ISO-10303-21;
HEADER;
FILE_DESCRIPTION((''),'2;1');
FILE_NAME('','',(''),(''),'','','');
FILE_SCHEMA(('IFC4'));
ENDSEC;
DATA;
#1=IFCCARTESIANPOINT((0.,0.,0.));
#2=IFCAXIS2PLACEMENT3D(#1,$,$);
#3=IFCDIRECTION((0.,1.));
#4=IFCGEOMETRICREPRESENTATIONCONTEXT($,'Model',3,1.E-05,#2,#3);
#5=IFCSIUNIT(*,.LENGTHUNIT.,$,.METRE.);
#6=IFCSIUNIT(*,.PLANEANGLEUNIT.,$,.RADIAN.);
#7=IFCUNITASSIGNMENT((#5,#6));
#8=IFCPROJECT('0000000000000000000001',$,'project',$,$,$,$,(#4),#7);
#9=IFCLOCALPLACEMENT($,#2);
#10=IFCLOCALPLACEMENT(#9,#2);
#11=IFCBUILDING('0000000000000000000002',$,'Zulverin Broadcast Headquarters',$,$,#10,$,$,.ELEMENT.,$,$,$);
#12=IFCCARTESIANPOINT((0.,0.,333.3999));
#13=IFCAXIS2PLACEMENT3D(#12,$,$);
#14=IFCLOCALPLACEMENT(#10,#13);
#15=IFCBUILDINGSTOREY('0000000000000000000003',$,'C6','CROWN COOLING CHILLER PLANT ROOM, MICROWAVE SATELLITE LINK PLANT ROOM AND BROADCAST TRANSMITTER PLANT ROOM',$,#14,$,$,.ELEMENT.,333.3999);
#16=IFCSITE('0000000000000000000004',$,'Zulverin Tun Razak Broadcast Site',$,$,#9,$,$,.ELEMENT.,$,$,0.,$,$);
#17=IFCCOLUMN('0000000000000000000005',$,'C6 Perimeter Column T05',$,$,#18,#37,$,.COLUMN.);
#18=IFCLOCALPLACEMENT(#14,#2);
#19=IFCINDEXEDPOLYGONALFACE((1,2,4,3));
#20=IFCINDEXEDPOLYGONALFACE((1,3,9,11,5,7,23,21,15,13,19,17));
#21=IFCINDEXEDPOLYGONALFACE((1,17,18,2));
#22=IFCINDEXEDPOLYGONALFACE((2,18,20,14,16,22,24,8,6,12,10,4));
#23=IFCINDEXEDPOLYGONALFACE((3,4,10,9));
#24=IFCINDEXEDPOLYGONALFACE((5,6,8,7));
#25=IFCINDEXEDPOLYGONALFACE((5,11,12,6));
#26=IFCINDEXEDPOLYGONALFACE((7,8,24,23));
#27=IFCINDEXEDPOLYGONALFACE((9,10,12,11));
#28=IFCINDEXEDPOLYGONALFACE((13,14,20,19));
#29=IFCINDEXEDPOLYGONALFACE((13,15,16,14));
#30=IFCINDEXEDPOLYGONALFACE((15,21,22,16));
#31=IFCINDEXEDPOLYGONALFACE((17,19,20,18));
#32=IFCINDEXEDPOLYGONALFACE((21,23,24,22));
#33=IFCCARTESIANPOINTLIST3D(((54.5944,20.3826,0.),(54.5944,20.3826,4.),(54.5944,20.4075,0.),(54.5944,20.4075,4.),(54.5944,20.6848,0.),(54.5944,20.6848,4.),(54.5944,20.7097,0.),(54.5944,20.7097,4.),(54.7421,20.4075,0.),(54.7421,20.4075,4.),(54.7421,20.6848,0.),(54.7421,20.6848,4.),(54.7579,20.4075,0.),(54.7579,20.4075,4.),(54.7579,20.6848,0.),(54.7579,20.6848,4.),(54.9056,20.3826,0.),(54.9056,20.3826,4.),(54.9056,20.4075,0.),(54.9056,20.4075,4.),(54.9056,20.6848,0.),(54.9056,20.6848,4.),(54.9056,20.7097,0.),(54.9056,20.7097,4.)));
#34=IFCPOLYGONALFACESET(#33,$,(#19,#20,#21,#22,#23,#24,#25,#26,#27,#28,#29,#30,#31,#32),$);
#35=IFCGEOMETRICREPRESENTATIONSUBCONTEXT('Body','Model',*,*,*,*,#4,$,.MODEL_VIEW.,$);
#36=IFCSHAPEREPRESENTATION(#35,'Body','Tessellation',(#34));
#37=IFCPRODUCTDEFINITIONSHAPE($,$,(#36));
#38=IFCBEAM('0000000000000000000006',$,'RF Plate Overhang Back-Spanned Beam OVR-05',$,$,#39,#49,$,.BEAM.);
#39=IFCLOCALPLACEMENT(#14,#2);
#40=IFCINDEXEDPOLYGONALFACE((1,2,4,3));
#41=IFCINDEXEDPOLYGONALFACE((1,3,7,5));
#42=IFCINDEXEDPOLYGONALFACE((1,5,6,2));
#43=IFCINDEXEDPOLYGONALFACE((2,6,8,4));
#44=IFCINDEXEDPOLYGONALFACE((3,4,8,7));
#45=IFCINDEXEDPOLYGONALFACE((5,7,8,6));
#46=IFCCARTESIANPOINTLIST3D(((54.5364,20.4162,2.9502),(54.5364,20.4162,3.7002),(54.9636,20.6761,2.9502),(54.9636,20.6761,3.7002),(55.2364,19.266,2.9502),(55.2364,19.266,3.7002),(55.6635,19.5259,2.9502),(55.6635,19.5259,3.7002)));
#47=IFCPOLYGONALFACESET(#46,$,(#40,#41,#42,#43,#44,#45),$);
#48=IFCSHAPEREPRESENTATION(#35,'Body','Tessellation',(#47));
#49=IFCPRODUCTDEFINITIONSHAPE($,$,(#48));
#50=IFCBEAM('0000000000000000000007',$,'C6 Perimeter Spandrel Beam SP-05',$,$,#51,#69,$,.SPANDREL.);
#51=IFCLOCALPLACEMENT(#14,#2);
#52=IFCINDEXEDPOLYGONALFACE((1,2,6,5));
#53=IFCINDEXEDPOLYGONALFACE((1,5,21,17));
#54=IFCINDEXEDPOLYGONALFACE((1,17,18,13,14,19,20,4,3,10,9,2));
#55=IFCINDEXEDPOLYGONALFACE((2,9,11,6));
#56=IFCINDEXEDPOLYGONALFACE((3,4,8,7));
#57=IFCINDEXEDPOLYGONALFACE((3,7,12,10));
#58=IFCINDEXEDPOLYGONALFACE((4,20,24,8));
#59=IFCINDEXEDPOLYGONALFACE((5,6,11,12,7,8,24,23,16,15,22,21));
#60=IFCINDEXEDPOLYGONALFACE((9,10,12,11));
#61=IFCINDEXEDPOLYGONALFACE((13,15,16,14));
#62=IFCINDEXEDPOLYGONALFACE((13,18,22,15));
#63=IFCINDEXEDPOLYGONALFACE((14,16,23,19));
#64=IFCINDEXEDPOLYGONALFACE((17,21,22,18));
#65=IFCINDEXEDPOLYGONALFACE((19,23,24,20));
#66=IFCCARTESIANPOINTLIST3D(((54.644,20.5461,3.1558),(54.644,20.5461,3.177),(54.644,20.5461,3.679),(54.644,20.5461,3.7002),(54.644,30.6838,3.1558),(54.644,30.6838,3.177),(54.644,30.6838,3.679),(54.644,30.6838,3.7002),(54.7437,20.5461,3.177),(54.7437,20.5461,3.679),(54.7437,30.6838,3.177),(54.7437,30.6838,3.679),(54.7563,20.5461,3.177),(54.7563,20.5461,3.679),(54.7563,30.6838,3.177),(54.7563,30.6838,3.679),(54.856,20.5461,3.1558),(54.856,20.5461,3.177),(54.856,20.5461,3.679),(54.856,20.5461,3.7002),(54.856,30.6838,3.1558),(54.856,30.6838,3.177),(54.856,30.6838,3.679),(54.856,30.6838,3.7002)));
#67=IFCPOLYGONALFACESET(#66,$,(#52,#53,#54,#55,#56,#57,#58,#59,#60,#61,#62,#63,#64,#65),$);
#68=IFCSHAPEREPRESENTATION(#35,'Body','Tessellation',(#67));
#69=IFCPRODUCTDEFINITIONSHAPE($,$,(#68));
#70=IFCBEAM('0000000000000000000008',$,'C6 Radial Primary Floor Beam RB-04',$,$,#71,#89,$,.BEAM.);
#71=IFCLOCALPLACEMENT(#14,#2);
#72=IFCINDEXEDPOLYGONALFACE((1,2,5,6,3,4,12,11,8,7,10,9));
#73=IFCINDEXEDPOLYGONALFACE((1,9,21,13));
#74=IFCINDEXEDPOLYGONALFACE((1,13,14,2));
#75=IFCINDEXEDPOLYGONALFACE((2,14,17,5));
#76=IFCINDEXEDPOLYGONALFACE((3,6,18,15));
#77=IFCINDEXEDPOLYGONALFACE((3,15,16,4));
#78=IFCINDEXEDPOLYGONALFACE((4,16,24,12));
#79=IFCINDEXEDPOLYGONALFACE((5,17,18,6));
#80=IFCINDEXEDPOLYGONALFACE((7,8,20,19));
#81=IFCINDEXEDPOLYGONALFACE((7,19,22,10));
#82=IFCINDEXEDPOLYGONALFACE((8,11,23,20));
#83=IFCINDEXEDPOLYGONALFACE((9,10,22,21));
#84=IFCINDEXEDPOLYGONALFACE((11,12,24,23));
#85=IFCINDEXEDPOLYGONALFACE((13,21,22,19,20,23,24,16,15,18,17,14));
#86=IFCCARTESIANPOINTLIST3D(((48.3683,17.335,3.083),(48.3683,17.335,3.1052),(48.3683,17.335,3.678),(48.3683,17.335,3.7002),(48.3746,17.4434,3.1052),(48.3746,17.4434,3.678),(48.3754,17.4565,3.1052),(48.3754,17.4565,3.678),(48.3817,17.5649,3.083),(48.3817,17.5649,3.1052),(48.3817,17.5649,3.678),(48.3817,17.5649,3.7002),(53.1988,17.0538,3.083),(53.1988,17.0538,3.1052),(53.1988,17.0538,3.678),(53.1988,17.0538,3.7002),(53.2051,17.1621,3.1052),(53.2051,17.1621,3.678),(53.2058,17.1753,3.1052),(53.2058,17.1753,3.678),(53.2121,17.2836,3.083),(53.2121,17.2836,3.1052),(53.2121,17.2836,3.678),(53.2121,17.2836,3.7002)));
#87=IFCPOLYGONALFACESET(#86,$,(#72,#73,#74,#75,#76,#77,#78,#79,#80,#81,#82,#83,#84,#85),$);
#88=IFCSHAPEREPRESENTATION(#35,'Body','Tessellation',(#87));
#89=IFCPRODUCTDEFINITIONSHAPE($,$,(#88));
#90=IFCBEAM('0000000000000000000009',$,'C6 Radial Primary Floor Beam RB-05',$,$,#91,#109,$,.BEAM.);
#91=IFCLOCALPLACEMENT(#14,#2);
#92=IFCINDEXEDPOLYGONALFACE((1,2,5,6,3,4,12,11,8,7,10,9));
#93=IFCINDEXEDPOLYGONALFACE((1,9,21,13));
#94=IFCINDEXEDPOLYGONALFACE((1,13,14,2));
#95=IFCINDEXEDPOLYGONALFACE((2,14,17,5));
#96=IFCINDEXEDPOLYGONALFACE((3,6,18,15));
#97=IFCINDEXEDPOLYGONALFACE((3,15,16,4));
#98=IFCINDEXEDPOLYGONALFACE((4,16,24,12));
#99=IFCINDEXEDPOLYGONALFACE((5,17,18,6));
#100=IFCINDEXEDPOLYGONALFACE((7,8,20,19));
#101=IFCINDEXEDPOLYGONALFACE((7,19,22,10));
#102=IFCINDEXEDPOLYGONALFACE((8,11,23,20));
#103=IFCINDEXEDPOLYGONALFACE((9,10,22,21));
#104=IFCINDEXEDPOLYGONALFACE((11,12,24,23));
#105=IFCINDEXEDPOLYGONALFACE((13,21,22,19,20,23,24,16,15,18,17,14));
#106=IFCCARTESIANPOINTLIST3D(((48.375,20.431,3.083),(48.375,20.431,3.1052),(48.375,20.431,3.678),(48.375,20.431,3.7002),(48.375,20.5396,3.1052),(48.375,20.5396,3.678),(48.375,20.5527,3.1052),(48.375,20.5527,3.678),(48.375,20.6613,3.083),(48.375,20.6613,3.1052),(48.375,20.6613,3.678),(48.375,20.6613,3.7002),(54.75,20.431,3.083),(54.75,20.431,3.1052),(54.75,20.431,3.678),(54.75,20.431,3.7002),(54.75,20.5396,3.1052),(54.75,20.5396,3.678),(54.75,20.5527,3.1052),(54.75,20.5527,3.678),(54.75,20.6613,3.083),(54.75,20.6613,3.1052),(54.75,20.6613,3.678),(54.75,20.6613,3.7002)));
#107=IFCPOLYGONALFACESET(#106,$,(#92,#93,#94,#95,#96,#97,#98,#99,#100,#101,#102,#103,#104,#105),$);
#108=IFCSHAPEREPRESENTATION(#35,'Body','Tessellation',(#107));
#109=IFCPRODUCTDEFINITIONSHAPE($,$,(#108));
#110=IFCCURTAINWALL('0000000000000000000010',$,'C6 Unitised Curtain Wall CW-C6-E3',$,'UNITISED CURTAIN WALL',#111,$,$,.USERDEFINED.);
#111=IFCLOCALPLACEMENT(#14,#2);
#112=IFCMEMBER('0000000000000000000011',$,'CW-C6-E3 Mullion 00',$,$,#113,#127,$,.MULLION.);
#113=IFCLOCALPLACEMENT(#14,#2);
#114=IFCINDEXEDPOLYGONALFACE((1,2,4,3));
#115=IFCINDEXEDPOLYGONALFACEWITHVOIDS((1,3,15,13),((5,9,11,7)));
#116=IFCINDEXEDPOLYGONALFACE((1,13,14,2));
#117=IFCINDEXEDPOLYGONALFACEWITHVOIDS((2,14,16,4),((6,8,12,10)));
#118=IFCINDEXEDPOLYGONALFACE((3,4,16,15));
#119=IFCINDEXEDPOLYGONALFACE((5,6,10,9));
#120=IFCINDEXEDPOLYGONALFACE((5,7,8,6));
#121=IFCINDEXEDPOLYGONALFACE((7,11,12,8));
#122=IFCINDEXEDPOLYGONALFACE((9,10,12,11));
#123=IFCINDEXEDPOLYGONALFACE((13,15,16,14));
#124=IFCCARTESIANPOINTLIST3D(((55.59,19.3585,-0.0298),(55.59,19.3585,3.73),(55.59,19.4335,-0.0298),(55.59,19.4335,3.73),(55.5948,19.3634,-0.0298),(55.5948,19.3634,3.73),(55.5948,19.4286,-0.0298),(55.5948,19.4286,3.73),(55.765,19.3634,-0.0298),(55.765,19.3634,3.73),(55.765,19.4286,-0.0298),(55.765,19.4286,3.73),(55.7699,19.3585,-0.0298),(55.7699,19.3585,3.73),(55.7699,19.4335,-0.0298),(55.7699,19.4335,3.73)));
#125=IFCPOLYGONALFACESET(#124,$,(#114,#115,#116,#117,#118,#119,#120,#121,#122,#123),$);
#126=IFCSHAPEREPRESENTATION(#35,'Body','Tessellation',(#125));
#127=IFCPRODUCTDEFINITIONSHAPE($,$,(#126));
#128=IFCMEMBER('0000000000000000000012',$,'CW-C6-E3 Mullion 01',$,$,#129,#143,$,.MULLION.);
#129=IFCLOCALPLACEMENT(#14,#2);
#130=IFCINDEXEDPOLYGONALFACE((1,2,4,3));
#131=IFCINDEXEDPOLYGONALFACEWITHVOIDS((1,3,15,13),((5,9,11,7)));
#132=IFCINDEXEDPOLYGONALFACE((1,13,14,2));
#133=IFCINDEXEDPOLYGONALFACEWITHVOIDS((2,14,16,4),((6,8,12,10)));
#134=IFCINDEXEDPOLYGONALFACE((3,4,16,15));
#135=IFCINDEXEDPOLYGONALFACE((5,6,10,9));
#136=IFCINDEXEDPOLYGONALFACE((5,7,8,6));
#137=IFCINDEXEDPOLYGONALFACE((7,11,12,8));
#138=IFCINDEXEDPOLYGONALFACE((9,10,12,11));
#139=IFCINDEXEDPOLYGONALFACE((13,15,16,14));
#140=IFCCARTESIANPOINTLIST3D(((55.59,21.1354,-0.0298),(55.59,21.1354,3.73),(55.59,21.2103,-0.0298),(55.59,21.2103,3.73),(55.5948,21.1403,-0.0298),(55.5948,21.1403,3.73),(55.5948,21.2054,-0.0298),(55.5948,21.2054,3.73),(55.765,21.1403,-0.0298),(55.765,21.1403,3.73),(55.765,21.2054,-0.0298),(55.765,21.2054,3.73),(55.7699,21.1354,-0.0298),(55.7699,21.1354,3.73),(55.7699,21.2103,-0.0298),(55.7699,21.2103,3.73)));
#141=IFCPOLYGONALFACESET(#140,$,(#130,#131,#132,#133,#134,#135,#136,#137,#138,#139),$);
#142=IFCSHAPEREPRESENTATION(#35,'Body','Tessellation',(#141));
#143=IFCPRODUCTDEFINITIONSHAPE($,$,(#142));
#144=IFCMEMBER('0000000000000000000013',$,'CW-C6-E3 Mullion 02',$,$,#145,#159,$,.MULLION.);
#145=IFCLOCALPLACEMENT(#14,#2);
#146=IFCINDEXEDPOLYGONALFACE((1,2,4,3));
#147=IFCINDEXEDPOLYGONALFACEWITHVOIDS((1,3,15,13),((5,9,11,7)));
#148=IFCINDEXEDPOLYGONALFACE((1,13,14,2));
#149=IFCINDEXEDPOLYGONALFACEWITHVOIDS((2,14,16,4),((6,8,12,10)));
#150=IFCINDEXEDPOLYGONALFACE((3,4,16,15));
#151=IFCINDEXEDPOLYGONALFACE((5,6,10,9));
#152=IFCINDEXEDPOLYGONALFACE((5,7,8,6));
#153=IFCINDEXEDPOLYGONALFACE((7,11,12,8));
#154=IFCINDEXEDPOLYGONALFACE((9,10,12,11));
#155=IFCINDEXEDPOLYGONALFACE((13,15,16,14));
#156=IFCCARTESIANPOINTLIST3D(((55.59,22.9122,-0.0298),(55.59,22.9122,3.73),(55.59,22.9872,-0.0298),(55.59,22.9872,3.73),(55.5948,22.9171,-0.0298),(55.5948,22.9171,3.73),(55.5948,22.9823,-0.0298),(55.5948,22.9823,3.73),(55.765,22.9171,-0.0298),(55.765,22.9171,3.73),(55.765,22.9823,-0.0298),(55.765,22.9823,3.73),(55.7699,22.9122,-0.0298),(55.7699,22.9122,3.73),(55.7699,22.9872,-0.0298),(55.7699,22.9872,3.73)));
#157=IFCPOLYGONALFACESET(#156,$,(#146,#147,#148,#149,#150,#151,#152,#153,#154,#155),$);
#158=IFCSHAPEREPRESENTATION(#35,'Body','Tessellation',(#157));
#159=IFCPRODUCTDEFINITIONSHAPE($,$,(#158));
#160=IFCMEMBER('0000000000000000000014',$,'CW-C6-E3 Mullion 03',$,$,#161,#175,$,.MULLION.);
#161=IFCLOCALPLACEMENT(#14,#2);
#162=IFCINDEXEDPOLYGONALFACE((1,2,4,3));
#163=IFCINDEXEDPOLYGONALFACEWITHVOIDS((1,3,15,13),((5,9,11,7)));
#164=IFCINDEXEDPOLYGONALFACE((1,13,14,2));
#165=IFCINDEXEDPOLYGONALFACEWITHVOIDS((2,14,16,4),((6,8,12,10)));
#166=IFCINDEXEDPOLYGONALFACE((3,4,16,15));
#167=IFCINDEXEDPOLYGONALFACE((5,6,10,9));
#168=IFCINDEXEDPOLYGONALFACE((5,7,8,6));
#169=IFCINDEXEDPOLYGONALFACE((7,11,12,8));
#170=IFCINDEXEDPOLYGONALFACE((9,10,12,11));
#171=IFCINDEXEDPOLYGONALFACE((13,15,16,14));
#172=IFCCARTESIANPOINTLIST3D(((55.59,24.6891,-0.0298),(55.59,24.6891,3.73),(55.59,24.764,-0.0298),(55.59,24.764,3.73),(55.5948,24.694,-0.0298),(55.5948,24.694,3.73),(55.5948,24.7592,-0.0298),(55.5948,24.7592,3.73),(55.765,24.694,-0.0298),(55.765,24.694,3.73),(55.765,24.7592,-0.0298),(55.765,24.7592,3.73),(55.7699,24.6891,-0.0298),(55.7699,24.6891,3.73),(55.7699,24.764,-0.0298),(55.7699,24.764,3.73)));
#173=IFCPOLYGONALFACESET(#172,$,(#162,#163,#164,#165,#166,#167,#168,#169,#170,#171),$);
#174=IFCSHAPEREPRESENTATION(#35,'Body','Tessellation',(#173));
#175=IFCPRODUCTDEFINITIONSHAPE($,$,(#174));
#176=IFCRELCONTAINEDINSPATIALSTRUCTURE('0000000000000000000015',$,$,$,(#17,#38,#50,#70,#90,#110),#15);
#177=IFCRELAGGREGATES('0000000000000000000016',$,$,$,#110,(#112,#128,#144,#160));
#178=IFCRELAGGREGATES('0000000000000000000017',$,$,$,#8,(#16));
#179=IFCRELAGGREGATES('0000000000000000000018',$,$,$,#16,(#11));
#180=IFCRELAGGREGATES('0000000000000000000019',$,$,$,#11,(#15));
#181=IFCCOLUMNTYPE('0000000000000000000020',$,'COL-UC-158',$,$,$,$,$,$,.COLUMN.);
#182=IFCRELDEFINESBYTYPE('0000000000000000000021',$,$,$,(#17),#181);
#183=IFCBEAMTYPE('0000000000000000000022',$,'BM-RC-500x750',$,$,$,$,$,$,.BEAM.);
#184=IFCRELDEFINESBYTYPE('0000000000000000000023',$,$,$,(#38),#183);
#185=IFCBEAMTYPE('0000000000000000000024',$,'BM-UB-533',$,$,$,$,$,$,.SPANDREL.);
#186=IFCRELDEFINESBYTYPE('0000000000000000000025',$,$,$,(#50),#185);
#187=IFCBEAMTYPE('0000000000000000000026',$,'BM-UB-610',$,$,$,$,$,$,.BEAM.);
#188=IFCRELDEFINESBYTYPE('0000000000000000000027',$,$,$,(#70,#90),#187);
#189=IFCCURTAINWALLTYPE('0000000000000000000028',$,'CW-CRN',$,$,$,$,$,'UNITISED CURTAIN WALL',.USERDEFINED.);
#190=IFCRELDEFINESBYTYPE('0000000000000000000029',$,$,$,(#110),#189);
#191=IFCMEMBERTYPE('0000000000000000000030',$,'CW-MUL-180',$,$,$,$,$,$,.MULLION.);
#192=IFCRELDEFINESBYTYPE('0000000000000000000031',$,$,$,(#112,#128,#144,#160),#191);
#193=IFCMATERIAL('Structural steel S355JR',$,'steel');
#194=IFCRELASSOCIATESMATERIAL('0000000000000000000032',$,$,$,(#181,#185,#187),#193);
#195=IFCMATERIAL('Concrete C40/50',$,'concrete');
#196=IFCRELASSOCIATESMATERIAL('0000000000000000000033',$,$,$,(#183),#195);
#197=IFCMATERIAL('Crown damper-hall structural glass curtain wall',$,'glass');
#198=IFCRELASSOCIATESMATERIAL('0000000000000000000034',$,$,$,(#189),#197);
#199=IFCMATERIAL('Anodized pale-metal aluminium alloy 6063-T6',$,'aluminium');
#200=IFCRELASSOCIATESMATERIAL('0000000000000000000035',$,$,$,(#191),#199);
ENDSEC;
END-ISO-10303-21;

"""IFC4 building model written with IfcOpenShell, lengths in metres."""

from ifc_helpers import new_model, si_unit, direction, frame, origin, origin_2d, place, context, subcontext, project, spatial, rectangle, hollow_rectangle, i_section, extrude, material, material_profile, profile_set, type_object, element, aggregate, save


model = new_model("IFC4")

# Units and contexts
model_context = context("Model", 3, precision=1e-05, world=origin(), true_north=direction((0.0, 1.0)))
body_context = subcontext(model_context, "Body", "Model", "MODEL_VIEW")
ifc_project = project(units=[si_unit("LENGTHUNIT", "METRE"), si_unit("PLANEANGLEUNIT", "RADIAN")], contexts=[model_context])

# Site, building, storey
site_placement = place(None, origin())
site = spatial("IfcSite", under=ifc_project, at=site_placement, Name="Zulverin Tun Razak Broadcast Site", CompositionType="ELEMENT", RefElevation=0.0)
building_placement = place(site_placement, origin())
building = spatial("IfcBuilding", under=site, at=building_placement, Name="Zulverin Broadcast Headquarters", CompositionType="ELEMENT")
storey_placement = place(building_placement, frame((0.0, 0.0, 333.3999)))
storey = spatial("IfcBuildingStorey", under=building, at=storey_placement, Name="C6", Description="CROWN COOLING CHILLER PLANT ROOM, MICROWAVE SATELLITE LINK PLANT ROOM AND BROADCAST TRANSMITTER PLANT ROOM", CompositionType="ELEMENT", Elevation=333.3999)

# Column
ifc_material_1 = material(Name="Structural steel S355JR", Category="steel")
ifc_material_profile_1 = material_profile(ifc_material_1, i_section(OverallWidth=0.3113, OverallDepth=0.3271, WebThickness=0.0159, FlangeThickness=0.0249, at=origin_2d()), Name="Structural steel S355JR", Category="steel")
ifc_profile_set_1 = profile_set([ifc_material_profile_1], Name="Structural steel S355JR")
column_type = type_object("IfcColumnType", Name="COL-UC-158", PredefinedType="COLUMN", material=ifc_profile_set_1)
column_placement = place(storey_placement, frame((54.75, 20.5461, 0.0), z_axis=(0.0, 0.0, 1.0), x_axis=(1.0, 0.0, 0.0)))
element("IfcColumn", 1, at=column_placement, inside=storey, type_object=column_type, Name="C6 Perimeter Column T05", PredefinedType="COLUMN", context=body_context, shape_type="SweptSolid", body=[
    extrude(i_section(OverallWidth=0.3113, OverallDepth=0.3271, WebThickness=0.0159, FlangeThickness=0.0249, at=origin_2d()), origin(), (0.0, 0.0, 1.0), 4.0),
])

# Beams
ifc_material_2 = material(Name="Concrete C40/50", Category="concrete")
ifc_material_profile_2 = material_profile(ifc_material_2, rectangle(XDim=0.5, YDim=0.75, at=origin_2d()), Name="Concrete C40/50", Category="concrete")
ifc_profile_set_2 = profile_set([ifc_material_profile_2], Name="Concrete C40/50")
beam_type_1 = type_object("IfcBeamType", Name="BM-RC-500x750", PredefinedType="BEAM", material=ifc_profile_set_2)
beam_1_placement = place(storey_placement, frame((54.75, 20.5461, 3.3252), z_axis=(0.519872, -0.854244, 0.0), x_axis=(0.854244, 0.519872, 0.0)))
element("IfcBeam", 2, at=beam_1_placement, inside=storey, type_object=beam_type_1, Name="RF Plate Overhang Back-Spanned Beam OVR-05", PredefinedType="BEAM", context=body_context, shape_type="SweptSolid", body=[
    extrude(rectangle(XDim=0.5, YDim=0.75, at=origin_2d()), origin(), (0.0, 0.0, 1.0), 1.3464),
])
ifc_material_profile_3 = material_profile(ifc_material_1, i_section(OverallWidth=0.2119, OverallDepth=0.5444, WebThickness=0.0127, FlangeThickness=0.0212, at=origin_2d()), Name="Structural steel S355JR", Category="steel")
ifc_profile_set_3 = profile_set([ifc_material_profile_3], Name="Structural steel S355JR")
beam_type_2 = type_object("IfcBeamType", Name="BM-UB-533", PredefinedType="SPANDREL", material=ifc_profile_set_3)
beam_2_placement = place(storey_placement, frame((54.75, 20.5461, 3.428), z_axis=(0.0, 1.0, 0.0), x_axis=(-1.0, 0.0, 0.0)))
element("IfcBeam", 3, at=beam_2_placement, inside=storey, type_object=beam_type_2, Name="C6 Perimeter Spandrel Beam SP-05", PredefinedType="SPANDREL", context=body_context, shape_type="SweptSolid", body=[
    extrude(i_section(OverallWidth=0.2119, OverallDepth=0.5444, WebThickness=0.0127, FlangeThickness=0.0212, at=origin_2d()), origin(), (0.0, 0.0, 1.0), 10.1377),
])
ifc_material_profile_4 = material_profile(ifc_material_1, i_section(OverallWidth=0.2302, OverallDepth=0.6172, WebThickness=0.0132, FlangeThickness=0.0222, at=origin_2d()), Name="Structural steel S355JR", Category="steel")
ifc_profile_set_4 = profile_set([ifc_material_profile_4], Name="Structural steel S355JR")
beam_type_3 = type_object("IfcBeamType", Name="BM-UB-610", PredefinedType="BEAM", material=ifc_profile_set_4)
beam_3_placement = place(storey_placement, frame((48.375, 17.45, 3.3916), z_axis=(0.998309, -0.058127, 0.0), x_axis=(0.058127, 0.998309, 0.0)))
element("IfcBeam", 4, at=beam_3_placement, inside=storey, type_object=beam_type_3, Name="C6 Radial Primary Floor Beam RB-04", PredefinedType="BEAM", context=body_context, shape_type="SweptSolid", body=[
    extrude(i_section(OverallWidth=0.2302, OverallDepth=0.6172, WebThickness=0.0132, FlangeThickness=0.0222, at=origin_2d()), origin(), (0.0, 0.0, 1.0), 4.8386),
])
beam_4_placement = place(storey_placement, frame((48.375, 20.5461, 3.3916), z_axis=(1.0, 0.0, 0.0), x_axis=(0.0, 1.0, 0.0)))
element("IfcBeam", 5, at=beam_4_placement, inside=storey, type_object=beam_type_3, Name="C6 Radial Primary Floor Beam RB-05", PredefinedType="BEAM", context=body_context, shape_type="SweptSolid", body=[
    extrude(i_section(OverallWidth=0.2302, OverallDepth=0.6172, WebThickness=0.0132, FlangeThickness=0.0222, at=origin_2d()), origin(), (0.0, 0.0, 1.0), 6.375),
])

# Curtain wall, members
ifc_material_3 = material(Name="Crown damper-hall structural glass curtain wall", Category="glass")
curtain_wall_type = type_object("IfcCurtainWallType", Name="CW-CRN", ElementType="UNITISED CURTAIN WALL", PredefinedType="USERDEFINED", material=ifc_material_3)
curtain_wall_placement = place(storey_placement, origin())
curtain_wall = element("IfcCurtainWall", 6, at=curtain_wall_placement, inside=storey, type_object=curtain_wall_type, Name="C6 Unitised Curtain Wall CW-C6-E3", ObjectType="UNITISED CURTAIN WALL", PredefinedType="USERDEFINED")
ifc_material_4 = material(Name="Anodized pale-metal aluminium alloy 6063-T6", Category="aluminium")
ifc_material_profile_5 = material_profile(ifc_material_4, hollow_rectangle(XDim=0.075, YDim=0.1799, WallThickness=0.0049, at=origin_2d()), Name="Anodized pale-metal aluminium alloy 6063-T6", Category="aluminium")
ifc_profile_set_5 = profile_set([ifc_material_profile_5], Name="Anodized pale-metal aluminium alloy 6063-T6")
member_type_1 = type_object("IfcMemberType", Name="CW-MUL-180", PredefinedType="MULLION", material=ifc_profile_set_5)
member_1_placement = place(storey_placement, frame((55.6799, 19.396, -0.0298), z_axis=(0.0, 0.0, 1.0), x_axis=(0.0, 1.0, 0.0)))
member_1 = element("IfcMember", 7, at=member_1_placement, type_object=member_type_1, Name="CW-C6-E3 Mullion 00", PredefinedType="MULLION", context=body_context, shape_type="SweptSolid", body=[
    extrude(hollow_rectangle(XDim=0.075, YDim=0.1799, WallThickness=0.0049, at=origin_2d()), origin(), (0.0, 0.0, 1.0), 3.7598),
])
member_2_placement = place(storey_placement, frame((55.6799, 21.1729, -0.0298), z_axis=(0.0, 0.0, 1.0), x_axis=(0.0, 1.0, 0.0)))
member_2 = element("IfcMember", 8, at=member_2_placement, type_object=member_type_1, Name="CW-C6-E3 Mullion 01", PredefinedType="MULLION", context=body_context, shape_type="SweptSolid", body=[
    extrude(hollow_rectangle(XDim=0.075, YDim=0.1799, WallThickness=0.0049, at=origin_2d()), origin(), (0.0, 0.0, 1.0), 3.7598),
])
member_3_placement = place(storey_placement, frame((55.6799, 22.9497, -0.0298), z_axis=(0.0, 0.0, 1.0), x_axis=(0.0, 1.0, 0.0)))
member_3 = element("IfcMember", 9, at=member_3_placement, type_object=member_type_1, Name="CW-C6-E3 Mullion 02", PredefinedType="MULLION", context=body_context, shape_type="SweptSolid", body=[
    extrude(hollow_rectangle(XDim=0.075, YDim=0.1799, WallThickness=0.0049, at=origin_2d()), origin(), (0.0, 0.0, 1.0), 3.7598),
])
member_4_placement = place(storey_placement, frame((55.6799, 24.7266, -0.0298), z_axis=(0.0, 0.0, 1.0), x_axis=(0.0, 1.0, 0.0)))
member_4 = element("IfcMember", 10, at=member_4_placement, type_object=member_type_1, Name="CW-C6-E3 Mullion 03", PredefinedType="MULLION", context=body_context, shape_type="SweptSolid", body=[
    extrude(hollow_rectangle(XDim=0.075, YDim=0.1799, WallThickness=0.0049, at=origin_2d()), origin(), (0.0, 0.0, 1.0), 3.7598),
])
aggregate(curtain_wall, [member_1, member_2, member_3, member_4])

save(model, "model.ifc")
